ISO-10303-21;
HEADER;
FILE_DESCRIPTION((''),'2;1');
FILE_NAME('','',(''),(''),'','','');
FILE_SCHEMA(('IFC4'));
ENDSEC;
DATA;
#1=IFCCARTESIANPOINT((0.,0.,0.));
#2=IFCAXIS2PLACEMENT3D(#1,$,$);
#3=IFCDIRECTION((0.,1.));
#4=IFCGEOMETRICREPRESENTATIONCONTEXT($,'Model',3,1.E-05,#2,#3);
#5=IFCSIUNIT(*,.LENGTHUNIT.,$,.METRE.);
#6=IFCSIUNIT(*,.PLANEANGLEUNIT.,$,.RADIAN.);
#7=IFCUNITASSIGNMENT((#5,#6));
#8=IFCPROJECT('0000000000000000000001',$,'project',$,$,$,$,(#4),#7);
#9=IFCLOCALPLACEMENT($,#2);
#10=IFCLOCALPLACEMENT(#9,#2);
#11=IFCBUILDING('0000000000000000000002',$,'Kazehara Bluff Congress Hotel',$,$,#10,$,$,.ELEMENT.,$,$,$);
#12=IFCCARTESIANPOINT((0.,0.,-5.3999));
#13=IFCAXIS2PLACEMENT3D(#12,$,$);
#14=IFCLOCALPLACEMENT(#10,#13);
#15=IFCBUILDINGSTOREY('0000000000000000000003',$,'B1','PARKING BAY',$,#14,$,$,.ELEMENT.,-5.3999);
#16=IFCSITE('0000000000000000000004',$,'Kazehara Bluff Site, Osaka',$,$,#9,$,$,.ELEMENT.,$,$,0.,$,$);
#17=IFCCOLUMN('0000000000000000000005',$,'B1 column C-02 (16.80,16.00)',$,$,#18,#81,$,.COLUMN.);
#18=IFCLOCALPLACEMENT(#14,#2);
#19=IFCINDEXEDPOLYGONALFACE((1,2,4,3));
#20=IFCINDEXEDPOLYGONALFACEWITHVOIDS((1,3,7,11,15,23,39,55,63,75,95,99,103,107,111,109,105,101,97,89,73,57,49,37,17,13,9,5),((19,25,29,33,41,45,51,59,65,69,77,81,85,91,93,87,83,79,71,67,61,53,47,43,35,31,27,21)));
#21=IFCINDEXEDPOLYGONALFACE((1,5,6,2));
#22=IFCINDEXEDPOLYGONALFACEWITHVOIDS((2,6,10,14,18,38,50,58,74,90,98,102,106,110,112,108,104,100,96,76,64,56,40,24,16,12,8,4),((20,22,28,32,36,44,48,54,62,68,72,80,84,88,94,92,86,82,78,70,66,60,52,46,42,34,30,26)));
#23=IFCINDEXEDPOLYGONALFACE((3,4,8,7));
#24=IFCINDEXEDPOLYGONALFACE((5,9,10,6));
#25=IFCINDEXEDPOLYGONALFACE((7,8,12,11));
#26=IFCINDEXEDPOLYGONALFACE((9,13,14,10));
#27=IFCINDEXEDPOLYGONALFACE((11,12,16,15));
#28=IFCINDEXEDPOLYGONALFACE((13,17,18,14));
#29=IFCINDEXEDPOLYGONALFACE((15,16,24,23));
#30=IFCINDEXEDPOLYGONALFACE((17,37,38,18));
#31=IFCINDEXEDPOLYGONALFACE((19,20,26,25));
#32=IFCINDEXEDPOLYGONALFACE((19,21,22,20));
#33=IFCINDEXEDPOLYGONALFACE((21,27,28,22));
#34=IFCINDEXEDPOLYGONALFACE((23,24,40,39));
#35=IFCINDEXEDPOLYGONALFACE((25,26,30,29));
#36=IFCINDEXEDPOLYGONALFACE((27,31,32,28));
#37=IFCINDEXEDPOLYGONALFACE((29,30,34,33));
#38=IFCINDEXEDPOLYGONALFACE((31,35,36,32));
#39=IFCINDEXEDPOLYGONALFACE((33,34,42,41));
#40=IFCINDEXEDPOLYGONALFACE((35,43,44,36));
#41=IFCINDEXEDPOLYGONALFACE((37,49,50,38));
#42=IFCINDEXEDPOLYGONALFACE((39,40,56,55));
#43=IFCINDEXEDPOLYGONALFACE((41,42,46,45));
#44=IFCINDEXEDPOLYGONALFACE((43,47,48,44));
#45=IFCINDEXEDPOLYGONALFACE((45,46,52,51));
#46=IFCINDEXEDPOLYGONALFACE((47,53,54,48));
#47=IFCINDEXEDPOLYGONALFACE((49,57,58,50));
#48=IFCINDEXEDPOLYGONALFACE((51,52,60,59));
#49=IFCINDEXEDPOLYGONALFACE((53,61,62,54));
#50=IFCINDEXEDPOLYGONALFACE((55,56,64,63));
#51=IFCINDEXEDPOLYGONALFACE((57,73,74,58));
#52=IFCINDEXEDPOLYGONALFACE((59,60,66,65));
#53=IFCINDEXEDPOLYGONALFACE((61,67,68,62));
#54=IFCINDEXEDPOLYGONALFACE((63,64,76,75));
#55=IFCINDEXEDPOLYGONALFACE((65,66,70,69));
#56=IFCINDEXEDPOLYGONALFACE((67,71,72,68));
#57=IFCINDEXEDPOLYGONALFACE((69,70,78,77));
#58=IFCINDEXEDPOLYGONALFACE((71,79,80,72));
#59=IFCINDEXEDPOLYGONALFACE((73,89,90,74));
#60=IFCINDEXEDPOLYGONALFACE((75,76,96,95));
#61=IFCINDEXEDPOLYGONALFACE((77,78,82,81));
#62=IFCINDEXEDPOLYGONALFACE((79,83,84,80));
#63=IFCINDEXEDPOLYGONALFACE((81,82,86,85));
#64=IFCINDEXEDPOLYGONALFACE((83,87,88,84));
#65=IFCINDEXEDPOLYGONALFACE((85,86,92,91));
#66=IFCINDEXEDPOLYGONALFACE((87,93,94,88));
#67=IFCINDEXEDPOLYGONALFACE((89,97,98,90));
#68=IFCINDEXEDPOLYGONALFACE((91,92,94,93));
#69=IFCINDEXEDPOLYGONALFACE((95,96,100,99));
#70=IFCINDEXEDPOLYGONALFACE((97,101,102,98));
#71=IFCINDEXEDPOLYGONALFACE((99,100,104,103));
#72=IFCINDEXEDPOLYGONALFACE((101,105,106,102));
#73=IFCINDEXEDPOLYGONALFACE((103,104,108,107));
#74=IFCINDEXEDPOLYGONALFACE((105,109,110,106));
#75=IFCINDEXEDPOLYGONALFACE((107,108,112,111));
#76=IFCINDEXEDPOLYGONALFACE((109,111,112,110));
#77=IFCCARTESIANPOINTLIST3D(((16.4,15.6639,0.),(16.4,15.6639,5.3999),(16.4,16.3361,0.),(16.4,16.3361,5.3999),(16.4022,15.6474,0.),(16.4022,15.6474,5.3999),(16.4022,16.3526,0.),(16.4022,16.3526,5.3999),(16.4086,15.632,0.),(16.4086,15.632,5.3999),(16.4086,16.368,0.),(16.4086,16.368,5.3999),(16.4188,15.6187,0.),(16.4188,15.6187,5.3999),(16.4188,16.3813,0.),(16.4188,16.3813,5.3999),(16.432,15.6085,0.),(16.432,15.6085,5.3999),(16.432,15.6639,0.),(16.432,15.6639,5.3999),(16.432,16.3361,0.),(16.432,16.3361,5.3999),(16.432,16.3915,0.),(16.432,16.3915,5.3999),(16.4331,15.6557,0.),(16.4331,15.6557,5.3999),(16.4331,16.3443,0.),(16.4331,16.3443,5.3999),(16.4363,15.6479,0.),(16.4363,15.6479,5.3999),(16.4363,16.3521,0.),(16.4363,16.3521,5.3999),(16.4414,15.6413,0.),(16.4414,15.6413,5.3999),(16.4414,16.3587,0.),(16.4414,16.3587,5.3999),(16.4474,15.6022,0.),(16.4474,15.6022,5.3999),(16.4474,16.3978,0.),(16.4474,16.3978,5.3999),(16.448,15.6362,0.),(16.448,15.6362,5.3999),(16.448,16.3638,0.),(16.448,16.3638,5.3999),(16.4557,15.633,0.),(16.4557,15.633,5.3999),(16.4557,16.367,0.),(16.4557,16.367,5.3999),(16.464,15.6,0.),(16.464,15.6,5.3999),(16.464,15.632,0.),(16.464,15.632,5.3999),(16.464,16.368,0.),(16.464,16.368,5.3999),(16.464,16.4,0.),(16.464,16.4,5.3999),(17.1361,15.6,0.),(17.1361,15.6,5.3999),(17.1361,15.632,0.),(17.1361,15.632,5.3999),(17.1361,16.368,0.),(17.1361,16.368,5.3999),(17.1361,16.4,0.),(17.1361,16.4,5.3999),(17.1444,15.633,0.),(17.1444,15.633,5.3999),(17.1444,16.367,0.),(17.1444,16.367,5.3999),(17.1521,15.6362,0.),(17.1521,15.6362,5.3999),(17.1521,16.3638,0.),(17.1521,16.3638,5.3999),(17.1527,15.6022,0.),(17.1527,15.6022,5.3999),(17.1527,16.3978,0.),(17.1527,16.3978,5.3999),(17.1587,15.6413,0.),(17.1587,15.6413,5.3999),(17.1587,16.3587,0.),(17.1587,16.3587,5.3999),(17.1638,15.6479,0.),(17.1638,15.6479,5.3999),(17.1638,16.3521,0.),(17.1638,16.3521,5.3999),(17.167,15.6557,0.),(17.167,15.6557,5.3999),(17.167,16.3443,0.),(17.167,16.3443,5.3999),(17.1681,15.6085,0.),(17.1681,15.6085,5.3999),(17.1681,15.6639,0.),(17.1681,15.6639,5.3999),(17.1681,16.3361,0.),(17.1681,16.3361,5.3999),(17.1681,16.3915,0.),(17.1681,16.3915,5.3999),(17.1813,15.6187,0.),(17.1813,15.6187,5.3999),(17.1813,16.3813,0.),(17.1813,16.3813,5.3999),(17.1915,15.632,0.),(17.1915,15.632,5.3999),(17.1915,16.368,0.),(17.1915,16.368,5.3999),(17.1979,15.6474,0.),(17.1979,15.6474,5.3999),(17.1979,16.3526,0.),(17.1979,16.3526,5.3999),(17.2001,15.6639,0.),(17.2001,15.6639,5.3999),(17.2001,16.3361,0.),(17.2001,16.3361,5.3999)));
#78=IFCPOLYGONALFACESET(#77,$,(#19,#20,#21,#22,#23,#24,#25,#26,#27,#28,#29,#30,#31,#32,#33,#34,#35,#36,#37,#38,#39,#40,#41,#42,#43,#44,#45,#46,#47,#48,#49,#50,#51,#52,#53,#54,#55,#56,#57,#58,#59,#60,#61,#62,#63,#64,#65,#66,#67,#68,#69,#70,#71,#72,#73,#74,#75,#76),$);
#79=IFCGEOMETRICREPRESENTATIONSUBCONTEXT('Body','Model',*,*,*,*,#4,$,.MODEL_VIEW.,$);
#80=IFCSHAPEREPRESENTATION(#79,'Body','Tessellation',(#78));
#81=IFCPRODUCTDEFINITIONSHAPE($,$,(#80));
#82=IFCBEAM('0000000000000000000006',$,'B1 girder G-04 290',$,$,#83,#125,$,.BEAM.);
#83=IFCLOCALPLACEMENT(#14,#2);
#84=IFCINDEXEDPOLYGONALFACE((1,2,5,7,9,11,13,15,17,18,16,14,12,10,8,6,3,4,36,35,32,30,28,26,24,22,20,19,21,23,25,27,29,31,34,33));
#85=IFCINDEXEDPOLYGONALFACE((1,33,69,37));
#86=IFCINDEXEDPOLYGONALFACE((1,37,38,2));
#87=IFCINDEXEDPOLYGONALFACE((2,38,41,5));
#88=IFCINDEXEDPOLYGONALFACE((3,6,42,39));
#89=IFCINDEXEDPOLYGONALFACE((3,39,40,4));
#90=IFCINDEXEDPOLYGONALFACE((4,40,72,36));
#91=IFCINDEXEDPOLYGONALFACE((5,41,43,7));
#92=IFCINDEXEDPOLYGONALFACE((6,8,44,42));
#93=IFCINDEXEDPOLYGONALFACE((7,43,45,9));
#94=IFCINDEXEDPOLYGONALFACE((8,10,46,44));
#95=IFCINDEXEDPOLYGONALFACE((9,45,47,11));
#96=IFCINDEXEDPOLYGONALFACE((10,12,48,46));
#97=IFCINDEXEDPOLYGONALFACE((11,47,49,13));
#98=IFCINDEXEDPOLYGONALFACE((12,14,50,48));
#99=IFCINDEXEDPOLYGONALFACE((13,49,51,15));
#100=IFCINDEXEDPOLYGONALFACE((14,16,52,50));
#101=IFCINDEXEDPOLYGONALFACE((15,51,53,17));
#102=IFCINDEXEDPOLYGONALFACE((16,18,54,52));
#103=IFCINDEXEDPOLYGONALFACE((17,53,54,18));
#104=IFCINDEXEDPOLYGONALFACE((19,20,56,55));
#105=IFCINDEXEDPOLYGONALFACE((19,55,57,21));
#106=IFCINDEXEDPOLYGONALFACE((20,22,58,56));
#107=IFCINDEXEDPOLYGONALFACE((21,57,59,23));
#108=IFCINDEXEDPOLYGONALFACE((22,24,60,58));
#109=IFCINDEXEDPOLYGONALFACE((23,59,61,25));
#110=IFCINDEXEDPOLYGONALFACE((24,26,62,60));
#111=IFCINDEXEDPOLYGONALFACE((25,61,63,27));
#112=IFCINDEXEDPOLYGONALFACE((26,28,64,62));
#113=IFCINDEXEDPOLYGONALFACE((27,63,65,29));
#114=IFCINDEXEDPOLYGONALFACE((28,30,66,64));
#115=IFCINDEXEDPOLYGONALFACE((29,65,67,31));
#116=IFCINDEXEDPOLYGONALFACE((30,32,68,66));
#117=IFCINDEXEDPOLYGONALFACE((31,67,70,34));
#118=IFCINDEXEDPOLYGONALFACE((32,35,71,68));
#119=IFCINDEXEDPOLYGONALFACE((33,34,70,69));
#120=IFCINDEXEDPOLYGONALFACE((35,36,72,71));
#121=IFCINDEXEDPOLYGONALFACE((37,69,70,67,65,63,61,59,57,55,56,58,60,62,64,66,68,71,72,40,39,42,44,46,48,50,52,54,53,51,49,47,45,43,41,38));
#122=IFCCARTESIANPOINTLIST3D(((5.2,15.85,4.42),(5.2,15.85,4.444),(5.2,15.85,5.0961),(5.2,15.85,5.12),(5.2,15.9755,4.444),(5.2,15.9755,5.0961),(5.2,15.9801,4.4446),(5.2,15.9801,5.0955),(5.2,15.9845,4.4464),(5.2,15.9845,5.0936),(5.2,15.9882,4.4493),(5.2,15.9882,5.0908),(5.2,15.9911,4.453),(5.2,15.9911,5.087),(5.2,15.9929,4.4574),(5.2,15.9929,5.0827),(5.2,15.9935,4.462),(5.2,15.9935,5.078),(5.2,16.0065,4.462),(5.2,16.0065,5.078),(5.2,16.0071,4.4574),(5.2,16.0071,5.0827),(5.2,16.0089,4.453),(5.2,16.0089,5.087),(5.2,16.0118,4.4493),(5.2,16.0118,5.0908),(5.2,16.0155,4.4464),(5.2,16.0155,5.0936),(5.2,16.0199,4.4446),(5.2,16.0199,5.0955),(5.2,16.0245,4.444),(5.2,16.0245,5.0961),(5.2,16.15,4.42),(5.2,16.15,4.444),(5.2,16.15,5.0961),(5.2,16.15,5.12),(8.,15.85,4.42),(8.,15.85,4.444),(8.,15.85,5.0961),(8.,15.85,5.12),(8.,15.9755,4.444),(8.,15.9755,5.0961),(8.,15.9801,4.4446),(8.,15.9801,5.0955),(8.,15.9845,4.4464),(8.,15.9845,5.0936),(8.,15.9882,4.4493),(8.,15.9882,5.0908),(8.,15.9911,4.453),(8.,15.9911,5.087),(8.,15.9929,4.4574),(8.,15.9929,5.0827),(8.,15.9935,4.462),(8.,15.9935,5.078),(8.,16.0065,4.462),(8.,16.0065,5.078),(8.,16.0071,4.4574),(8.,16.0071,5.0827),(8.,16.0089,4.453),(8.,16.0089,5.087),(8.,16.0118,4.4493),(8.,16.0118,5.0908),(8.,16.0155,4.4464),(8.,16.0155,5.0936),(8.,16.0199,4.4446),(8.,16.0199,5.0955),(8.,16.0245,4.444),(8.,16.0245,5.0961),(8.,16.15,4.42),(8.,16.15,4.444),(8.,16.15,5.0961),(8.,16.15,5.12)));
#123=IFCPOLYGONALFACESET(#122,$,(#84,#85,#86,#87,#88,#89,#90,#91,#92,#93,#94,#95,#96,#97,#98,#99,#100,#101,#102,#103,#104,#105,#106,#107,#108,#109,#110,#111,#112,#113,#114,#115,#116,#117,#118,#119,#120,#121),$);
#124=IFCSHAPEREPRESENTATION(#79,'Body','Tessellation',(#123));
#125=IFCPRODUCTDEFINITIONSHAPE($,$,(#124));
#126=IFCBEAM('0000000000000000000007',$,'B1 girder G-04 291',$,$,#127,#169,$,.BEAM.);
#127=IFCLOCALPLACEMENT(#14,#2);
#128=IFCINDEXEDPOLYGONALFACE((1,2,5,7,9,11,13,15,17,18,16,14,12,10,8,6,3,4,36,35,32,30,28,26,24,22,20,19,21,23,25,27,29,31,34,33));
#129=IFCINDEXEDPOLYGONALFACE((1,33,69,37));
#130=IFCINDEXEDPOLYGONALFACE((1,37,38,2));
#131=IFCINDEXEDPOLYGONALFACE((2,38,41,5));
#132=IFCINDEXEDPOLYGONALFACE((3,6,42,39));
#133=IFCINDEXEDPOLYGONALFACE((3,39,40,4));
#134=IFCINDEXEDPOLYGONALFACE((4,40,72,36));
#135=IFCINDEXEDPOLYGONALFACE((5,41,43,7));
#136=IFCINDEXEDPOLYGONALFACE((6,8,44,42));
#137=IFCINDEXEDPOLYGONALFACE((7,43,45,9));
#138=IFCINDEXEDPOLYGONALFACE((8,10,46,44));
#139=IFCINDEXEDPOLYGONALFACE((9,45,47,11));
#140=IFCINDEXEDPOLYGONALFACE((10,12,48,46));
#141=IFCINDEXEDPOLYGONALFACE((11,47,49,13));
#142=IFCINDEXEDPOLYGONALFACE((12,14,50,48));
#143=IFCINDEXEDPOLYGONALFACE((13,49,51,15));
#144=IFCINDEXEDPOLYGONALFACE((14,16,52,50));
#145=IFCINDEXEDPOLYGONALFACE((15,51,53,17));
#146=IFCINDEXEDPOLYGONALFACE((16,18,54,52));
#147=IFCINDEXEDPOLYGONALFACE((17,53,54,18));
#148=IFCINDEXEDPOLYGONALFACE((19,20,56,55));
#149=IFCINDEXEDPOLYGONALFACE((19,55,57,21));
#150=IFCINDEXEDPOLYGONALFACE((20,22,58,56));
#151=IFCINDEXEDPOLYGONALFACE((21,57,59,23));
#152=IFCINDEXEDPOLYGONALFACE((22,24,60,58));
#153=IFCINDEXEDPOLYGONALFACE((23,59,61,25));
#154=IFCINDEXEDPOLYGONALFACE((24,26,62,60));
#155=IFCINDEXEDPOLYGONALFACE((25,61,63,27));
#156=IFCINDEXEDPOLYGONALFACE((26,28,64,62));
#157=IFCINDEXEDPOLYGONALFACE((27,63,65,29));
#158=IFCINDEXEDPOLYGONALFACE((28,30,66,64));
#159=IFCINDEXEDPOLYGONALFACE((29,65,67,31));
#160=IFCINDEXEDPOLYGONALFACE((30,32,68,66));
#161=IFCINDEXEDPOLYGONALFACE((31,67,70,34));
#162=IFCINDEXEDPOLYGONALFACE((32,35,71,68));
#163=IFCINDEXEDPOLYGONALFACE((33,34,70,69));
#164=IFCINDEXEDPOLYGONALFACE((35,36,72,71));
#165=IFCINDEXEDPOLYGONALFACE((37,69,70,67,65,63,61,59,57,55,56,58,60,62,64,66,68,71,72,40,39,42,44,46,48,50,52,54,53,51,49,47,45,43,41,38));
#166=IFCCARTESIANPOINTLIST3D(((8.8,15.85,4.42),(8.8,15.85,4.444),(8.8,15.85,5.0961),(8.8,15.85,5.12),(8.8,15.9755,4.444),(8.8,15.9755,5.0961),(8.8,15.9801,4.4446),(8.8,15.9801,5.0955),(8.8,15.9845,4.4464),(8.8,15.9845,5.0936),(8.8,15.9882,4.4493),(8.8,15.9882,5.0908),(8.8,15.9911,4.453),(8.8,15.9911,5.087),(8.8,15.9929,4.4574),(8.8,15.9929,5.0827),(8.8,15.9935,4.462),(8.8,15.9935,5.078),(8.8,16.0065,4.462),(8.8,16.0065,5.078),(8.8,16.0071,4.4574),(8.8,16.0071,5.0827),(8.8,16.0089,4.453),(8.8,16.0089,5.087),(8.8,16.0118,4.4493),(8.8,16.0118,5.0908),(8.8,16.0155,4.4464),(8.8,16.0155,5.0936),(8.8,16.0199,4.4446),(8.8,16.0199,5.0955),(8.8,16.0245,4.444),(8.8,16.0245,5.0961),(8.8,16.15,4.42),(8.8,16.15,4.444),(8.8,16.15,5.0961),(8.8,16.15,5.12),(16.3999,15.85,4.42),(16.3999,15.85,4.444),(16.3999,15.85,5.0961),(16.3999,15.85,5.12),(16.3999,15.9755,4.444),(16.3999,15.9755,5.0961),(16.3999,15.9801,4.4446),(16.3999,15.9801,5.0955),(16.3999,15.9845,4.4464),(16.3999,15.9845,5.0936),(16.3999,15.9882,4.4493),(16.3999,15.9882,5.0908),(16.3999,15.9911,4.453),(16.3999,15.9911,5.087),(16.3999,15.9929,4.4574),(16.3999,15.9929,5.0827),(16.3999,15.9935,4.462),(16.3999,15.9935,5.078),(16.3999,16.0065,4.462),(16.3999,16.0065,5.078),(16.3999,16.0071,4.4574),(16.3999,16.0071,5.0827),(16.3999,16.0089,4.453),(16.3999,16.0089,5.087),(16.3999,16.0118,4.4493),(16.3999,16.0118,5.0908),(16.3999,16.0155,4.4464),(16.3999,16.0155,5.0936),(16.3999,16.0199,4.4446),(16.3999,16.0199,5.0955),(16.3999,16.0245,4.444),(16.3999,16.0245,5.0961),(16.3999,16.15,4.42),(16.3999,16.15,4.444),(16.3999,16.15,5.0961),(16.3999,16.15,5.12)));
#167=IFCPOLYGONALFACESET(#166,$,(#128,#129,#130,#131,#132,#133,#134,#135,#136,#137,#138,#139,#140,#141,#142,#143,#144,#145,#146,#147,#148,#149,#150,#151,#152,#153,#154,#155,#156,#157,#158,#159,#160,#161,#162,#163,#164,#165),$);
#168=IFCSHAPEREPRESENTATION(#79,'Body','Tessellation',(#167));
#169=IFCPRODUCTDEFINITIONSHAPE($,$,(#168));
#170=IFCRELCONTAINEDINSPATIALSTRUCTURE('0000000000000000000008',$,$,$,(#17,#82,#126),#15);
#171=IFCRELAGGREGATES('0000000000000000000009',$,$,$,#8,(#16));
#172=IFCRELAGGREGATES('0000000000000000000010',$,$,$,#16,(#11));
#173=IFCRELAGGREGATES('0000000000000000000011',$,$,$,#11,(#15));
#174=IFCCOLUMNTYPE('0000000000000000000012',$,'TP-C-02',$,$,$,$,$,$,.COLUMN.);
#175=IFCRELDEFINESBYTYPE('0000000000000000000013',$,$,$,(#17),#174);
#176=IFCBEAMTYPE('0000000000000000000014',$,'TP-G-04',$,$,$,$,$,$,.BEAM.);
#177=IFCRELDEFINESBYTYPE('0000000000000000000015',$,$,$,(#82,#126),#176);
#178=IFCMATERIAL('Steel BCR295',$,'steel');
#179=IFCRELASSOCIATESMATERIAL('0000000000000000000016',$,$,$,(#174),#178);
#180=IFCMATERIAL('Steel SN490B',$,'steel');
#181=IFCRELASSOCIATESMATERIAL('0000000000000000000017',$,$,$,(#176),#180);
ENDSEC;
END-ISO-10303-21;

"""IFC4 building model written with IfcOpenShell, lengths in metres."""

from ifc_helpers import new_model, si_unit, direction, frame, origin, origin_2d, place, context, subcontext, project, spatial, hollow_rectangle, i_section, extrude, material, material_profile, profile_set, type_object, element, save


model = new_model("IFC4")

# Units and contexts
model_context = context("Model", 3, precision=1e-05, world=origin(), true_north=direction((0.0, 1.0)))
body_context = subcontext(model_context, "Body", "Model", "MODEL_VIEW")
ifc_project = project(units=[si_unit("LENGTHUNIT", "METRE"), si_unit("PLANEANGLEUNIT", "RADIAN")], contexts=[model_context])

# Site, building, storey
site_placement = place(None, origin())
site = spatial("IfcSite", under=ifc_project, at=site_placement, Name="Kazehara Bluff Site, Osaka", CompositionType="ELEMENT", RefElevation=0.0)
building_placement = place(site_placement, origin())
building = spatial("IfcBuilding", under=site, at=building_placement, Name="Kazehara Bluff Congress Hotel", CompositionType="ELEMENT")
storey_placement = place(building_placement, frame((0.0, 0.0, -5.3999)))
storey = spatial("IfcBuildingStorey", under=building, at=storey_placement, Name="B1", Description="PARKING BAY", CompositionType="ELEMENT", Elevation=-5.3999)

# Column
ifc_material_1 = material(Name="Steel BCR295", Category="steel")
ifc_material_profile_1 = material_profile(ifc_material_1, hollow_rectangle(XDim=0.8, YDim=0.8, WallThickness=0.032, InnerFilletRadius=0.032, OuterFilletRadius=0.064, at=origin_2d()))
ifc_profile_set_1 = profile_set([ifc_material_profile_1], Name="Steel BCR295")
column_type = type_object("IfcColumnType", Name="TP-C-02", PredefinedType="COLUMN", material=ifc_profile_set_1)
for number, where, z_axis, x_axis, name in (
    (1, (16.8, 16.0, 0.0), (0.0, 0.0, 1.0), (1.0, 0.0, 0.0), "B1 column C-02 (16.80,16.00)"),
):
    element("IfcColumn", number, at=place(storey_placement, frame(where, z_axis=z_axis, x_axis=x_axis)), inside=storey, type_object=column_type, Name=name, PredefinedType="COLUMN", context=body_context, shape_type="SweptSolid", body=[
        extrude(hollow_rectangle(XDim=0.8, YDim=0.8, WallThickness=0.032, InnerFilletRadius=0.032, OuterFilletRadius=0.064, at=origin_2d()), origin(), (0.0, 0.0, 1.0), 5.3999),
    ])

# Beams
ifc_material_2 = material(Name="Steel SN490B", Category="steel")
ifc_material_profile_2 = material_profile(ifc_material_2, i_section(OverallWidth=0.3, OverallDepth=0.7, WebThickness=0.0129, FlangeThickness=0.0239, FilletRadius=0.0181, at=origin_2d()))
ifc_profile_set_2 = profile_set([ifc_material_profile_2], Name="Steel SN490B")
beam_type_1 = type_object("IfcBeamType", Name="TP-G-04", PredefinedType="BEAM", material=ifc_profile_set_2)
beam_1_placement = place(storey_placement, frame((5.2, 16.0, 4.77), z_axis=(1.0, 0.0, 0.0), x_axis=(0.0, 1.0, 0.0)))
element("IfcBeam", 2, at=beam_1_placement, inside=storey, type_object=beam_type_1, Name="B1 girder G-04 290", PredefinedType="BEAM", context=body_context, shape_type="SweptSolid", body=[
    extrude(i_section(OverallWidth=0.3, OverallDepth=0.7, WebThickness=0.0129, FlangeThickness=0.0239, FilletRadius=0.0181, at=origin_2d()), origin(), (0.0, 0.0, 1.0), 2.8),
])
beam_2_placement = place(storey_placement, frame((8.8, 16.0, 4.77), z_axis=(1.0, 0.0, 0.0), x_axis=(0.0, 1.0, 0.0)))
element("IfcBeam", 3, at=beam_2_placement, inside=storey, type_object=beam_type_1, Name="B1 girder G-04 291", PredefinedType="BEAM", context=body_context, shape_type="SweptSolid", body=[
    extrude(i_section(OverallWidth=0.3, OverallDepth=0.7, WebThickness=0.0129, FlangeThickness=0.0239, FilletRadius=0.0181, at=origin_2d()), origin(), (0.0, 0.0, 1.0), 7.5999),
])

save(model, "model.ifc")
